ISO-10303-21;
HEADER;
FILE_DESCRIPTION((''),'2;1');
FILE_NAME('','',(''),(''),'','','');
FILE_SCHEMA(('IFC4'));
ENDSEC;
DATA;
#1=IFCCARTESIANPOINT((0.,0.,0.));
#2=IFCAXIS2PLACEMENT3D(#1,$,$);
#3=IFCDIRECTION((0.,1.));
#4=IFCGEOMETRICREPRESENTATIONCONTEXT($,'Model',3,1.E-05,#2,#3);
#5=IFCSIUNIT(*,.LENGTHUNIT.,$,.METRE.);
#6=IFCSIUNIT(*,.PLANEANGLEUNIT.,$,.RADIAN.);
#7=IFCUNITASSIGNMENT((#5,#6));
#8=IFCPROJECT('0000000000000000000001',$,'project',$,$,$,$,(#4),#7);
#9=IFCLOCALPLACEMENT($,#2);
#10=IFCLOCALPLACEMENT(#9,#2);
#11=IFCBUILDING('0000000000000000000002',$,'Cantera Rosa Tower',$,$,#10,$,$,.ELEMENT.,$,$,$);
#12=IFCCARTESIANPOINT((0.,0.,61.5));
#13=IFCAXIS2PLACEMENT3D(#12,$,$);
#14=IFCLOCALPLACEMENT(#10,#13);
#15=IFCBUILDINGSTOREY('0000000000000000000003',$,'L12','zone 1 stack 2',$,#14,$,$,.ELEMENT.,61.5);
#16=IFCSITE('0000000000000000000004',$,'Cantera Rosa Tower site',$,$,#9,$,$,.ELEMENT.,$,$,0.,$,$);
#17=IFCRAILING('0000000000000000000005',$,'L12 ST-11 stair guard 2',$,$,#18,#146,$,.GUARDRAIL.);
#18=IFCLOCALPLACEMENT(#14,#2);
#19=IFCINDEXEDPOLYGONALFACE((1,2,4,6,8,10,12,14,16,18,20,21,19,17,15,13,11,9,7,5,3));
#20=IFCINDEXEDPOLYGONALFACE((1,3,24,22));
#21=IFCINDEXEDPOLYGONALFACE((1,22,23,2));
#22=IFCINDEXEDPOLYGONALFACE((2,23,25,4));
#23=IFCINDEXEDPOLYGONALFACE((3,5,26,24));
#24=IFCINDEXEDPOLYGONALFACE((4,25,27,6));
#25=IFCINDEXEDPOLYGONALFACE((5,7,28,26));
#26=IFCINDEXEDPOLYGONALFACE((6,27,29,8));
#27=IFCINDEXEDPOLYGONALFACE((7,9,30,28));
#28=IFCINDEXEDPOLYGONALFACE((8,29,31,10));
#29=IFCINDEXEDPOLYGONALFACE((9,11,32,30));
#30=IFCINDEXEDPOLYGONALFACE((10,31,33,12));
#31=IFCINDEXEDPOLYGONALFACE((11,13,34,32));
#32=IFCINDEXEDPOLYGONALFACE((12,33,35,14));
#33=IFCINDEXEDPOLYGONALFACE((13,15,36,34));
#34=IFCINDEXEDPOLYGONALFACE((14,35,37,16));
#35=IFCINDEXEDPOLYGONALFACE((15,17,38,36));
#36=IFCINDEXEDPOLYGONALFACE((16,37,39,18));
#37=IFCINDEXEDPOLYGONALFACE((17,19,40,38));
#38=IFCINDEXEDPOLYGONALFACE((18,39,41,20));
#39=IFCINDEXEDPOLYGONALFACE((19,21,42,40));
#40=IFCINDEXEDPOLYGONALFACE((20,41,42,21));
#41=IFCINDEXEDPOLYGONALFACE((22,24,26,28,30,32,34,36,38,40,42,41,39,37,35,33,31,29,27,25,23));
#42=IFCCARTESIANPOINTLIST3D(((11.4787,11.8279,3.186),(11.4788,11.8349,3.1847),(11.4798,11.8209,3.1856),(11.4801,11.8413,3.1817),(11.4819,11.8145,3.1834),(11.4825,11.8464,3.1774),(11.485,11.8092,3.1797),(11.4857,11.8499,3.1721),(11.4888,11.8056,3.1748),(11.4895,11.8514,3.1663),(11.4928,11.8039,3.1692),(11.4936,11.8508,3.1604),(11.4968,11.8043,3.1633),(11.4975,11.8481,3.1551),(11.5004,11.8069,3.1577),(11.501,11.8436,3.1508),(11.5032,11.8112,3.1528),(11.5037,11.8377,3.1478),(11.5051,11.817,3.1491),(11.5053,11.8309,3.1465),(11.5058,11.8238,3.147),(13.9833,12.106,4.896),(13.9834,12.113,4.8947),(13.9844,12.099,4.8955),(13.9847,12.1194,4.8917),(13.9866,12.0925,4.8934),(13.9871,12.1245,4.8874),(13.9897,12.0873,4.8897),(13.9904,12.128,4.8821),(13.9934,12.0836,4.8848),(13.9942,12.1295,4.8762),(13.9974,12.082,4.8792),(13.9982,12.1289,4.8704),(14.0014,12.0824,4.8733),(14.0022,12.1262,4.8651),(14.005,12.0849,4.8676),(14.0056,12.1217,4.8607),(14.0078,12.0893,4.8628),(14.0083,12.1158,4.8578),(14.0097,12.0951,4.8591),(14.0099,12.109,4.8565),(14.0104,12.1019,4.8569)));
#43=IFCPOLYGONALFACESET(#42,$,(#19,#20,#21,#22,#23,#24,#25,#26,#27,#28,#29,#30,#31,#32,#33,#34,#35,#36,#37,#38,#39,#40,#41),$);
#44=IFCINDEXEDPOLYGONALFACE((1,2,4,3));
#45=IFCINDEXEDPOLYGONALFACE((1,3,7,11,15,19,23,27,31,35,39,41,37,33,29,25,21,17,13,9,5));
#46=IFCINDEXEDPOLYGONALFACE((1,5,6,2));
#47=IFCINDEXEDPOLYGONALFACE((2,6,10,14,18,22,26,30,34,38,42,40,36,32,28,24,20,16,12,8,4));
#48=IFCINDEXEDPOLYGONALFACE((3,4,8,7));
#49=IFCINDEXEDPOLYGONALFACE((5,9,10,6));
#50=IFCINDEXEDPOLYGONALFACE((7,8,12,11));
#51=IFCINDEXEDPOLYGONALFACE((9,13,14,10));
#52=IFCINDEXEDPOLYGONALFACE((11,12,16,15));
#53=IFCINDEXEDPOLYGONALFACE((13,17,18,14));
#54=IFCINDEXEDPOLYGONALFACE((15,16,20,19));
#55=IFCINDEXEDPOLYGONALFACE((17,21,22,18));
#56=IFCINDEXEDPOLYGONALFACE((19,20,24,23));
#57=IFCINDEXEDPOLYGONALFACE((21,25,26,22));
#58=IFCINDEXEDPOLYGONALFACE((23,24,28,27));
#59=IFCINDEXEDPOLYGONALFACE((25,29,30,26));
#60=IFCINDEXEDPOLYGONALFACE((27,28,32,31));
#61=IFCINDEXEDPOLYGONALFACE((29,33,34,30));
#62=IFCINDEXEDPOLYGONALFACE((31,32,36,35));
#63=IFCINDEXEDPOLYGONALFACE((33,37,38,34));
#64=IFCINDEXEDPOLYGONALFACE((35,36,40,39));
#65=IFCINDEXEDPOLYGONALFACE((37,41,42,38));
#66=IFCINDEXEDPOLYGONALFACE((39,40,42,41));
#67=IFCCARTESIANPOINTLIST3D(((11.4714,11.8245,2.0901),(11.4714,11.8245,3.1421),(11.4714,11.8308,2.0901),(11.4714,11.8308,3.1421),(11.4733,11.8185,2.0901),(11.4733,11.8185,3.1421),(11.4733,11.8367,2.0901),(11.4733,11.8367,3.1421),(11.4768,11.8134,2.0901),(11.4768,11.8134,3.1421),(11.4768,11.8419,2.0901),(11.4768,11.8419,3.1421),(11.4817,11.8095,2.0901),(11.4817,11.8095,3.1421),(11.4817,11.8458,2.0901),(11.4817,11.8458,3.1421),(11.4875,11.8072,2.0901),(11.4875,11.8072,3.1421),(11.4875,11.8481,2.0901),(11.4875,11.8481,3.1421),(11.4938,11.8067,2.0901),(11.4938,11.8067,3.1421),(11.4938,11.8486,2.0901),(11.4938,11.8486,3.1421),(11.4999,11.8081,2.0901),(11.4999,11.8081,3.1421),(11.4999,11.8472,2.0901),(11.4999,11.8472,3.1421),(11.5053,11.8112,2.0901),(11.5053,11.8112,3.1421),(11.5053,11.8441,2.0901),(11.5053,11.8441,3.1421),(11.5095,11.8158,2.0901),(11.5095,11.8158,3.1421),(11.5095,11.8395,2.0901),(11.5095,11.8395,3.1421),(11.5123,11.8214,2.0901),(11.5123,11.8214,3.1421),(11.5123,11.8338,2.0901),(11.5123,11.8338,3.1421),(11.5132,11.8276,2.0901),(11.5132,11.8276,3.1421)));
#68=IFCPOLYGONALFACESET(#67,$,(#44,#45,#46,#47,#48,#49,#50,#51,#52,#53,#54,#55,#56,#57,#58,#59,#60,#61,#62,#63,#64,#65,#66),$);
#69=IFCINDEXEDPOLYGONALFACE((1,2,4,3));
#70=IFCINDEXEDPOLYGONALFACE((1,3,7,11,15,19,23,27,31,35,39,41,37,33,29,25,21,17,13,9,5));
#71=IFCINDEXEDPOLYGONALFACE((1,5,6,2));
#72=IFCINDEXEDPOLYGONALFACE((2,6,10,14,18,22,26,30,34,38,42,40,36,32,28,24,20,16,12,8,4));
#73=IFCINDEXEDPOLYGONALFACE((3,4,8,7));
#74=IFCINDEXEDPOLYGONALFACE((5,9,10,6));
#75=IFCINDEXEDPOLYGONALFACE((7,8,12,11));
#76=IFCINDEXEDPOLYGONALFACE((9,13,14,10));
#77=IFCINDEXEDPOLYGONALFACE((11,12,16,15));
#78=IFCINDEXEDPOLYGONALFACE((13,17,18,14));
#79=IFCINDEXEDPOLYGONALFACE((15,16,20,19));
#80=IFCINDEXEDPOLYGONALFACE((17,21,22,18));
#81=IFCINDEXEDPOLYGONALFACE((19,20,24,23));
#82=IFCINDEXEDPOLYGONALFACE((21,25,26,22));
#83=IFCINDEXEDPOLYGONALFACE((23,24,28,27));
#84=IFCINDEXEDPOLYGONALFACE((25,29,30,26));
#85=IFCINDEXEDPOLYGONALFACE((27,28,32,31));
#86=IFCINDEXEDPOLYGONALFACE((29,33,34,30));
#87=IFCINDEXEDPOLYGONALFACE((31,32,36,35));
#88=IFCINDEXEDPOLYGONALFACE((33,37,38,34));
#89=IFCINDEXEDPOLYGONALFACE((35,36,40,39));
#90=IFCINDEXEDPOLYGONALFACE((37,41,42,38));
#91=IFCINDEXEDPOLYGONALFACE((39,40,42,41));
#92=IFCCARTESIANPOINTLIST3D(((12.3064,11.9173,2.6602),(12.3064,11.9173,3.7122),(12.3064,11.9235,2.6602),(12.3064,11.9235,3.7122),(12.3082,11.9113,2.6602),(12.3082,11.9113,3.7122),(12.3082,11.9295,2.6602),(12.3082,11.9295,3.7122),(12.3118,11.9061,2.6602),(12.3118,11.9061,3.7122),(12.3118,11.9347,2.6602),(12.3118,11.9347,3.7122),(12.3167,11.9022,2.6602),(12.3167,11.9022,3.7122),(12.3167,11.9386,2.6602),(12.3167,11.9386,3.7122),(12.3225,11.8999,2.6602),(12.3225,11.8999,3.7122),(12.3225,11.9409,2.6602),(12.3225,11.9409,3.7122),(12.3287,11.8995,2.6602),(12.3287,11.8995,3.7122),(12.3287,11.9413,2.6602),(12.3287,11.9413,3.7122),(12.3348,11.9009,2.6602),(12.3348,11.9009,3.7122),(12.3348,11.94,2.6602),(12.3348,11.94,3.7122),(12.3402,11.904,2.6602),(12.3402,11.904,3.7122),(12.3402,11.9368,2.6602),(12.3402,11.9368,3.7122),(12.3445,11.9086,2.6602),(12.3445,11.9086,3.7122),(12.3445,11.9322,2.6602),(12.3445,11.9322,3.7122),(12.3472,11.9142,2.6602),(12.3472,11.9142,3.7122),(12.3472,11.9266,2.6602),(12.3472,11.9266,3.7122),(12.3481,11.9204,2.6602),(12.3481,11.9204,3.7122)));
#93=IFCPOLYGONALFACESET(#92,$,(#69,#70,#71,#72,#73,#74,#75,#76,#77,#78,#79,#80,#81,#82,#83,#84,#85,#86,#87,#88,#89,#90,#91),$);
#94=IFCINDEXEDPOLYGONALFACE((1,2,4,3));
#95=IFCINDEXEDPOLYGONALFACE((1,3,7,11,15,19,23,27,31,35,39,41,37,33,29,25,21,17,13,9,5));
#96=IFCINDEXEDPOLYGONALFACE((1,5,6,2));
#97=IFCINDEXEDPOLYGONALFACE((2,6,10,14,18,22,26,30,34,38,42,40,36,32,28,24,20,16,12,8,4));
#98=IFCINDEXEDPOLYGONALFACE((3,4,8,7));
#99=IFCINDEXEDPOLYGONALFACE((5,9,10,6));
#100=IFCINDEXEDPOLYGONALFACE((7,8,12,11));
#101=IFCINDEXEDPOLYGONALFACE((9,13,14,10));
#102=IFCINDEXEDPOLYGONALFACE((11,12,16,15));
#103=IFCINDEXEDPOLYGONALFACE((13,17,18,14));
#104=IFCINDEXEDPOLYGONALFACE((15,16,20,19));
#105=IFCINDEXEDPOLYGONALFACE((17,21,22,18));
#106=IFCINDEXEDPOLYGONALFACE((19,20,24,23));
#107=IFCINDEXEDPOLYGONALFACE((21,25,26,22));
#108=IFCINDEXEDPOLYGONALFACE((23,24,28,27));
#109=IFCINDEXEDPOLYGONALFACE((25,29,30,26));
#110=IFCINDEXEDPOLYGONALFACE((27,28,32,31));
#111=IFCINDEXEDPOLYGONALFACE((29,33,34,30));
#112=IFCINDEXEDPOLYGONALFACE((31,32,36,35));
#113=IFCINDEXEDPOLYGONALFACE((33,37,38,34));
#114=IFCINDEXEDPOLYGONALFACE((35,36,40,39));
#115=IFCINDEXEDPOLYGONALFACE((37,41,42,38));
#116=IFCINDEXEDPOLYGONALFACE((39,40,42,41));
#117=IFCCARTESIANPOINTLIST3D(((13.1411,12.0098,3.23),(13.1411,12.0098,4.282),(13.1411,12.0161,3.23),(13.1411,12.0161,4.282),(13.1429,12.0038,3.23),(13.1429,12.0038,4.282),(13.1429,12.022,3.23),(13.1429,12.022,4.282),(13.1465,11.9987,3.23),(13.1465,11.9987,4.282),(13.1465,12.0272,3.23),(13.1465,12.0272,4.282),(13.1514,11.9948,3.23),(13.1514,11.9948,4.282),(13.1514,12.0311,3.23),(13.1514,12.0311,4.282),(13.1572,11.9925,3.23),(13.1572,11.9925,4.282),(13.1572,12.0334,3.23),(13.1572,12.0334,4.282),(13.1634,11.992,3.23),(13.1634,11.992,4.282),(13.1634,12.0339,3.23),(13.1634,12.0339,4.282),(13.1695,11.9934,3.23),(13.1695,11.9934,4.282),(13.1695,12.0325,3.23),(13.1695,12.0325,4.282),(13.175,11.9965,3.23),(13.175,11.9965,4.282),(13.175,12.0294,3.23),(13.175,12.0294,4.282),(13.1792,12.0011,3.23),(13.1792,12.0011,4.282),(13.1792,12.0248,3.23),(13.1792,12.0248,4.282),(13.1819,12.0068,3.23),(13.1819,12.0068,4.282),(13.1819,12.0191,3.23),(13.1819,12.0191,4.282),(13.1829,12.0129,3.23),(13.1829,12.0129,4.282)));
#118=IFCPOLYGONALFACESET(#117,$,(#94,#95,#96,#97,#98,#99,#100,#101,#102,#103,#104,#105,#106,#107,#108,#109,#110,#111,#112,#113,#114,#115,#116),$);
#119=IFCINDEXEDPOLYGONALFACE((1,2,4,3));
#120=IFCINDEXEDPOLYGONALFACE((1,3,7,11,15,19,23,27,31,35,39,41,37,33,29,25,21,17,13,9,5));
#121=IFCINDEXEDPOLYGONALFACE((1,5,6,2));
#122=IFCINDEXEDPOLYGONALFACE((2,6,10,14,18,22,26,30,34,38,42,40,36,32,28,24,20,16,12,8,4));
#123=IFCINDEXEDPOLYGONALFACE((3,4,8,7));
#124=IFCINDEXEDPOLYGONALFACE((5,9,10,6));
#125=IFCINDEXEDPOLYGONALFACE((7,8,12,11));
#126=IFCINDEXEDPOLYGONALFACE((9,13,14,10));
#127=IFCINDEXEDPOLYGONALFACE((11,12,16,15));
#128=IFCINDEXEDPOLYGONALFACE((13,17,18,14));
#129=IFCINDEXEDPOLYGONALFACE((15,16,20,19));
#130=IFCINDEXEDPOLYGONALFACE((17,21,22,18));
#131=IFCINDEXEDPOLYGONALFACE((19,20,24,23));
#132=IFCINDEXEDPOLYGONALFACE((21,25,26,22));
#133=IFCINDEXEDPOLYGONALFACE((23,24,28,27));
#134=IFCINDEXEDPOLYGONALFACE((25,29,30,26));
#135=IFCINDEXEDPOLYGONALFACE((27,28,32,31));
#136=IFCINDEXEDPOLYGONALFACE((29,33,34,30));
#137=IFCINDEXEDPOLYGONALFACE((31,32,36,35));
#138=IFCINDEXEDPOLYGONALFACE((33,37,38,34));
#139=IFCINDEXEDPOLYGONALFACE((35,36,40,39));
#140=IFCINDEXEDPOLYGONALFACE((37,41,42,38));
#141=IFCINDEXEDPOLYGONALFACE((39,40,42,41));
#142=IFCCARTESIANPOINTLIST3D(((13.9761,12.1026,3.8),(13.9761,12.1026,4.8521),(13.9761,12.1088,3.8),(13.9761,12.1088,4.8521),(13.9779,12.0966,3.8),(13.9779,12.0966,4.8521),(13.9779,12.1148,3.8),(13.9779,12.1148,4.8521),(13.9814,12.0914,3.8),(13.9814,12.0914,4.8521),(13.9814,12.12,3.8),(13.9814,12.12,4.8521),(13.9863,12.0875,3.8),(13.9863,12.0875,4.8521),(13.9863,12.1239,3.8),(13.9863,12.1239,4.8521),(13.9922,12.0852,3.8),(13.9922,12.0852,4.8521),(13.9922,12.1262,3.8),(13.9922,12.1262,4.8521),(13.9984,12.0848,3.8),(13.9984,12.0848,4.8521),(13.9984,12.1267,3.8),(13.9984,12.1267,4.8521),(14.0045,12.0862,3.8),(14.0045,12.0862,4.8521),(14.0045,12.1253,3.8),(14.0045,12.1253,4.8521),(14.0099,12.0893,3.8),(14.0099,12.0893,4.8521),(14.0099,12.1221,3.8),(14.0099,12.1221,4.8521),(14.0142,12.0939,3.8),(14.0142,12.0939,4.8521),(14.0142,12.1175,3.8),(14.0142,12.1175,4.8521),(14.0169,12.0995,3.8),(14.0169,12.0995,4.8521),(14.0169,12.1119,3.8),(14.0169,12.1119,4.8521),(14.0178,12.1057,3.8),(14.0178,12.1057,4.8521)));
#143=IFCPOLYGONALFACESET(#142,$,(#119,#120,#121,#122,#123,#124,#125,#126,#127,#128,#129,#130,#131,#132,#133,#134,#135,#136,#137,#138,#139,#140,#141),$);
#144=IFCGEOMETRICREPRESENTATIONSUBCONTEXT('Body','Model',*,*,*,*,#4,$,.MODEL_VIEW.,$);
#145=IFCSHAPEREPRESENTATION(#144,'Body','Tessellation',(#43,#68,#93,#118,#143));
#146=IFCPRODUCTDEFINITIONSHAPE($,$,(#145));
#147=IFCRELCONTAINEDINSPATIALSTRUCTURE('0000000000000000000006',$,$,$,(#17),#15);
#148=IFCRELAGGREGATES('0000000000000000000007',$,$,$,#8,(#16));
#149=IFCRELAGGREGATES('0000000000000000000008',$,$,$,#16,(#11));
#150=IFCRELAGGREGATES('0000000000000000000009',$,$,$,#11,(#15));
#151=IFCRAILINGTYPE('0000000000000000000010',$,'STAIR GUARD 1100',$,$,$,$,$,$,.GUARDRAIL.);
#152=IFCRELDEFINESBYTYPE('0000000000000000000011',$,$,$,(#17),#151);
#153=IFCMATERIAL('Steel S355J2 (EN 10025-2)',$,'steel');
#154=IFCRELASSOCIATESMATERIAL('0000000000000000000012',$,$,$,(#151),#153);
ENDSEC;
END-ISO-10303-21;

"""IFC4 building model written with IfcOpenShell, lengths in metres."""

from ifc_helpers import new_model, si_unit, direction, frame, origin, origin_2d, place, context, subcontext, project, spatial, circle, extrude, material, type_object, element, save


model = new_model("IFC4")

# Units and contexts
model_context = context("Model", 3, precision=1e-05, world=origin(), true_north=direction((0.0, 1.0)))
body_context = subcontext(model_context, "Body", "Model", "MODEL_VIEW")
ifc_project = project(units=[si_unit("LENGTHUNIT", "METRE"), si_unit("PLANEANGLEUNIT", "RADIAN")], contexts=[model_context])

# Site, building, storey
site_placement = place(None, origin())
site = spatial("IfcSite", under=ifc_project, at=site_placement, Name="Cantera Rosa Tower site", CompositionType="ELEMENT", RefElevation=0.0)
building_placement = place(site_placement, origin())
building = spatial("IfcBuilding", under=site, at=building_placement, Name="Cantera Rosa Tower", CompositionType="ELEMENT")
storey_placement = place(building_placement, frame((0.0, 0.0, 61.5)))
storey = spatial("IfcBuildingStorey", under=building, at=storey_placement, Name="L12", Description="zone 1 stack 2", CompositionType="ELEMENT", Elevation=61.5)

# Railing
ifc_material_1 = material(Name="Steel S355J2 (EN 10025-2)", Category="steel")
railing_type_1 = type_object("IfcRailingType", Name="STAIR GUARD 1100", PredefinedType="GUARDRAIL", material=ifc_material_1)
railing_1_placement = place(storey_placement, frame((11.4922, 11.8276, 2.0901)))
element("IfcRailing", 1, at=railing_1_placement, inside=storey, type_object=railing_type_1, Name="L12 ST-11 stair guard 2", PredefinedType="GUARDRAIL", context=body_context, shape_type="SweptSolid", body=[
    extrude(circle(Radius=0.0239, at=origin_2d()), frame((0.0, 0.0, 1.0762), z_axis=(0.822431, 0.09131, 0.561488), x_axis=(-0.110346, 0.993893, 0.0)), (0.0, 0.0, 1.0), 3.0454),
    extrude(circle(Radius=0.021, at=origin_2d()), origin(), (0.0, 0.0, 1.0), 1.052),
    extrude(circle(Radius=0.021, at=origin_2d()), frame((0.835, 0.0928, 0.5701)), (0.0, 0.0, 1.0), 1.052),
    extrude(circle(Radius=0.021, at=origin_2d()), frame((1.6697, 0.1853, 1.1399)), (0.0, 0.0, 1.0), 1.052),
    extrude(circle(Radius=0.021, at=origin_2d()), frame((2.5046, 0.2781, 1.71)), (0.0, 0.0, 1.0), 1.052),
])

save(model, "model.ifc")
